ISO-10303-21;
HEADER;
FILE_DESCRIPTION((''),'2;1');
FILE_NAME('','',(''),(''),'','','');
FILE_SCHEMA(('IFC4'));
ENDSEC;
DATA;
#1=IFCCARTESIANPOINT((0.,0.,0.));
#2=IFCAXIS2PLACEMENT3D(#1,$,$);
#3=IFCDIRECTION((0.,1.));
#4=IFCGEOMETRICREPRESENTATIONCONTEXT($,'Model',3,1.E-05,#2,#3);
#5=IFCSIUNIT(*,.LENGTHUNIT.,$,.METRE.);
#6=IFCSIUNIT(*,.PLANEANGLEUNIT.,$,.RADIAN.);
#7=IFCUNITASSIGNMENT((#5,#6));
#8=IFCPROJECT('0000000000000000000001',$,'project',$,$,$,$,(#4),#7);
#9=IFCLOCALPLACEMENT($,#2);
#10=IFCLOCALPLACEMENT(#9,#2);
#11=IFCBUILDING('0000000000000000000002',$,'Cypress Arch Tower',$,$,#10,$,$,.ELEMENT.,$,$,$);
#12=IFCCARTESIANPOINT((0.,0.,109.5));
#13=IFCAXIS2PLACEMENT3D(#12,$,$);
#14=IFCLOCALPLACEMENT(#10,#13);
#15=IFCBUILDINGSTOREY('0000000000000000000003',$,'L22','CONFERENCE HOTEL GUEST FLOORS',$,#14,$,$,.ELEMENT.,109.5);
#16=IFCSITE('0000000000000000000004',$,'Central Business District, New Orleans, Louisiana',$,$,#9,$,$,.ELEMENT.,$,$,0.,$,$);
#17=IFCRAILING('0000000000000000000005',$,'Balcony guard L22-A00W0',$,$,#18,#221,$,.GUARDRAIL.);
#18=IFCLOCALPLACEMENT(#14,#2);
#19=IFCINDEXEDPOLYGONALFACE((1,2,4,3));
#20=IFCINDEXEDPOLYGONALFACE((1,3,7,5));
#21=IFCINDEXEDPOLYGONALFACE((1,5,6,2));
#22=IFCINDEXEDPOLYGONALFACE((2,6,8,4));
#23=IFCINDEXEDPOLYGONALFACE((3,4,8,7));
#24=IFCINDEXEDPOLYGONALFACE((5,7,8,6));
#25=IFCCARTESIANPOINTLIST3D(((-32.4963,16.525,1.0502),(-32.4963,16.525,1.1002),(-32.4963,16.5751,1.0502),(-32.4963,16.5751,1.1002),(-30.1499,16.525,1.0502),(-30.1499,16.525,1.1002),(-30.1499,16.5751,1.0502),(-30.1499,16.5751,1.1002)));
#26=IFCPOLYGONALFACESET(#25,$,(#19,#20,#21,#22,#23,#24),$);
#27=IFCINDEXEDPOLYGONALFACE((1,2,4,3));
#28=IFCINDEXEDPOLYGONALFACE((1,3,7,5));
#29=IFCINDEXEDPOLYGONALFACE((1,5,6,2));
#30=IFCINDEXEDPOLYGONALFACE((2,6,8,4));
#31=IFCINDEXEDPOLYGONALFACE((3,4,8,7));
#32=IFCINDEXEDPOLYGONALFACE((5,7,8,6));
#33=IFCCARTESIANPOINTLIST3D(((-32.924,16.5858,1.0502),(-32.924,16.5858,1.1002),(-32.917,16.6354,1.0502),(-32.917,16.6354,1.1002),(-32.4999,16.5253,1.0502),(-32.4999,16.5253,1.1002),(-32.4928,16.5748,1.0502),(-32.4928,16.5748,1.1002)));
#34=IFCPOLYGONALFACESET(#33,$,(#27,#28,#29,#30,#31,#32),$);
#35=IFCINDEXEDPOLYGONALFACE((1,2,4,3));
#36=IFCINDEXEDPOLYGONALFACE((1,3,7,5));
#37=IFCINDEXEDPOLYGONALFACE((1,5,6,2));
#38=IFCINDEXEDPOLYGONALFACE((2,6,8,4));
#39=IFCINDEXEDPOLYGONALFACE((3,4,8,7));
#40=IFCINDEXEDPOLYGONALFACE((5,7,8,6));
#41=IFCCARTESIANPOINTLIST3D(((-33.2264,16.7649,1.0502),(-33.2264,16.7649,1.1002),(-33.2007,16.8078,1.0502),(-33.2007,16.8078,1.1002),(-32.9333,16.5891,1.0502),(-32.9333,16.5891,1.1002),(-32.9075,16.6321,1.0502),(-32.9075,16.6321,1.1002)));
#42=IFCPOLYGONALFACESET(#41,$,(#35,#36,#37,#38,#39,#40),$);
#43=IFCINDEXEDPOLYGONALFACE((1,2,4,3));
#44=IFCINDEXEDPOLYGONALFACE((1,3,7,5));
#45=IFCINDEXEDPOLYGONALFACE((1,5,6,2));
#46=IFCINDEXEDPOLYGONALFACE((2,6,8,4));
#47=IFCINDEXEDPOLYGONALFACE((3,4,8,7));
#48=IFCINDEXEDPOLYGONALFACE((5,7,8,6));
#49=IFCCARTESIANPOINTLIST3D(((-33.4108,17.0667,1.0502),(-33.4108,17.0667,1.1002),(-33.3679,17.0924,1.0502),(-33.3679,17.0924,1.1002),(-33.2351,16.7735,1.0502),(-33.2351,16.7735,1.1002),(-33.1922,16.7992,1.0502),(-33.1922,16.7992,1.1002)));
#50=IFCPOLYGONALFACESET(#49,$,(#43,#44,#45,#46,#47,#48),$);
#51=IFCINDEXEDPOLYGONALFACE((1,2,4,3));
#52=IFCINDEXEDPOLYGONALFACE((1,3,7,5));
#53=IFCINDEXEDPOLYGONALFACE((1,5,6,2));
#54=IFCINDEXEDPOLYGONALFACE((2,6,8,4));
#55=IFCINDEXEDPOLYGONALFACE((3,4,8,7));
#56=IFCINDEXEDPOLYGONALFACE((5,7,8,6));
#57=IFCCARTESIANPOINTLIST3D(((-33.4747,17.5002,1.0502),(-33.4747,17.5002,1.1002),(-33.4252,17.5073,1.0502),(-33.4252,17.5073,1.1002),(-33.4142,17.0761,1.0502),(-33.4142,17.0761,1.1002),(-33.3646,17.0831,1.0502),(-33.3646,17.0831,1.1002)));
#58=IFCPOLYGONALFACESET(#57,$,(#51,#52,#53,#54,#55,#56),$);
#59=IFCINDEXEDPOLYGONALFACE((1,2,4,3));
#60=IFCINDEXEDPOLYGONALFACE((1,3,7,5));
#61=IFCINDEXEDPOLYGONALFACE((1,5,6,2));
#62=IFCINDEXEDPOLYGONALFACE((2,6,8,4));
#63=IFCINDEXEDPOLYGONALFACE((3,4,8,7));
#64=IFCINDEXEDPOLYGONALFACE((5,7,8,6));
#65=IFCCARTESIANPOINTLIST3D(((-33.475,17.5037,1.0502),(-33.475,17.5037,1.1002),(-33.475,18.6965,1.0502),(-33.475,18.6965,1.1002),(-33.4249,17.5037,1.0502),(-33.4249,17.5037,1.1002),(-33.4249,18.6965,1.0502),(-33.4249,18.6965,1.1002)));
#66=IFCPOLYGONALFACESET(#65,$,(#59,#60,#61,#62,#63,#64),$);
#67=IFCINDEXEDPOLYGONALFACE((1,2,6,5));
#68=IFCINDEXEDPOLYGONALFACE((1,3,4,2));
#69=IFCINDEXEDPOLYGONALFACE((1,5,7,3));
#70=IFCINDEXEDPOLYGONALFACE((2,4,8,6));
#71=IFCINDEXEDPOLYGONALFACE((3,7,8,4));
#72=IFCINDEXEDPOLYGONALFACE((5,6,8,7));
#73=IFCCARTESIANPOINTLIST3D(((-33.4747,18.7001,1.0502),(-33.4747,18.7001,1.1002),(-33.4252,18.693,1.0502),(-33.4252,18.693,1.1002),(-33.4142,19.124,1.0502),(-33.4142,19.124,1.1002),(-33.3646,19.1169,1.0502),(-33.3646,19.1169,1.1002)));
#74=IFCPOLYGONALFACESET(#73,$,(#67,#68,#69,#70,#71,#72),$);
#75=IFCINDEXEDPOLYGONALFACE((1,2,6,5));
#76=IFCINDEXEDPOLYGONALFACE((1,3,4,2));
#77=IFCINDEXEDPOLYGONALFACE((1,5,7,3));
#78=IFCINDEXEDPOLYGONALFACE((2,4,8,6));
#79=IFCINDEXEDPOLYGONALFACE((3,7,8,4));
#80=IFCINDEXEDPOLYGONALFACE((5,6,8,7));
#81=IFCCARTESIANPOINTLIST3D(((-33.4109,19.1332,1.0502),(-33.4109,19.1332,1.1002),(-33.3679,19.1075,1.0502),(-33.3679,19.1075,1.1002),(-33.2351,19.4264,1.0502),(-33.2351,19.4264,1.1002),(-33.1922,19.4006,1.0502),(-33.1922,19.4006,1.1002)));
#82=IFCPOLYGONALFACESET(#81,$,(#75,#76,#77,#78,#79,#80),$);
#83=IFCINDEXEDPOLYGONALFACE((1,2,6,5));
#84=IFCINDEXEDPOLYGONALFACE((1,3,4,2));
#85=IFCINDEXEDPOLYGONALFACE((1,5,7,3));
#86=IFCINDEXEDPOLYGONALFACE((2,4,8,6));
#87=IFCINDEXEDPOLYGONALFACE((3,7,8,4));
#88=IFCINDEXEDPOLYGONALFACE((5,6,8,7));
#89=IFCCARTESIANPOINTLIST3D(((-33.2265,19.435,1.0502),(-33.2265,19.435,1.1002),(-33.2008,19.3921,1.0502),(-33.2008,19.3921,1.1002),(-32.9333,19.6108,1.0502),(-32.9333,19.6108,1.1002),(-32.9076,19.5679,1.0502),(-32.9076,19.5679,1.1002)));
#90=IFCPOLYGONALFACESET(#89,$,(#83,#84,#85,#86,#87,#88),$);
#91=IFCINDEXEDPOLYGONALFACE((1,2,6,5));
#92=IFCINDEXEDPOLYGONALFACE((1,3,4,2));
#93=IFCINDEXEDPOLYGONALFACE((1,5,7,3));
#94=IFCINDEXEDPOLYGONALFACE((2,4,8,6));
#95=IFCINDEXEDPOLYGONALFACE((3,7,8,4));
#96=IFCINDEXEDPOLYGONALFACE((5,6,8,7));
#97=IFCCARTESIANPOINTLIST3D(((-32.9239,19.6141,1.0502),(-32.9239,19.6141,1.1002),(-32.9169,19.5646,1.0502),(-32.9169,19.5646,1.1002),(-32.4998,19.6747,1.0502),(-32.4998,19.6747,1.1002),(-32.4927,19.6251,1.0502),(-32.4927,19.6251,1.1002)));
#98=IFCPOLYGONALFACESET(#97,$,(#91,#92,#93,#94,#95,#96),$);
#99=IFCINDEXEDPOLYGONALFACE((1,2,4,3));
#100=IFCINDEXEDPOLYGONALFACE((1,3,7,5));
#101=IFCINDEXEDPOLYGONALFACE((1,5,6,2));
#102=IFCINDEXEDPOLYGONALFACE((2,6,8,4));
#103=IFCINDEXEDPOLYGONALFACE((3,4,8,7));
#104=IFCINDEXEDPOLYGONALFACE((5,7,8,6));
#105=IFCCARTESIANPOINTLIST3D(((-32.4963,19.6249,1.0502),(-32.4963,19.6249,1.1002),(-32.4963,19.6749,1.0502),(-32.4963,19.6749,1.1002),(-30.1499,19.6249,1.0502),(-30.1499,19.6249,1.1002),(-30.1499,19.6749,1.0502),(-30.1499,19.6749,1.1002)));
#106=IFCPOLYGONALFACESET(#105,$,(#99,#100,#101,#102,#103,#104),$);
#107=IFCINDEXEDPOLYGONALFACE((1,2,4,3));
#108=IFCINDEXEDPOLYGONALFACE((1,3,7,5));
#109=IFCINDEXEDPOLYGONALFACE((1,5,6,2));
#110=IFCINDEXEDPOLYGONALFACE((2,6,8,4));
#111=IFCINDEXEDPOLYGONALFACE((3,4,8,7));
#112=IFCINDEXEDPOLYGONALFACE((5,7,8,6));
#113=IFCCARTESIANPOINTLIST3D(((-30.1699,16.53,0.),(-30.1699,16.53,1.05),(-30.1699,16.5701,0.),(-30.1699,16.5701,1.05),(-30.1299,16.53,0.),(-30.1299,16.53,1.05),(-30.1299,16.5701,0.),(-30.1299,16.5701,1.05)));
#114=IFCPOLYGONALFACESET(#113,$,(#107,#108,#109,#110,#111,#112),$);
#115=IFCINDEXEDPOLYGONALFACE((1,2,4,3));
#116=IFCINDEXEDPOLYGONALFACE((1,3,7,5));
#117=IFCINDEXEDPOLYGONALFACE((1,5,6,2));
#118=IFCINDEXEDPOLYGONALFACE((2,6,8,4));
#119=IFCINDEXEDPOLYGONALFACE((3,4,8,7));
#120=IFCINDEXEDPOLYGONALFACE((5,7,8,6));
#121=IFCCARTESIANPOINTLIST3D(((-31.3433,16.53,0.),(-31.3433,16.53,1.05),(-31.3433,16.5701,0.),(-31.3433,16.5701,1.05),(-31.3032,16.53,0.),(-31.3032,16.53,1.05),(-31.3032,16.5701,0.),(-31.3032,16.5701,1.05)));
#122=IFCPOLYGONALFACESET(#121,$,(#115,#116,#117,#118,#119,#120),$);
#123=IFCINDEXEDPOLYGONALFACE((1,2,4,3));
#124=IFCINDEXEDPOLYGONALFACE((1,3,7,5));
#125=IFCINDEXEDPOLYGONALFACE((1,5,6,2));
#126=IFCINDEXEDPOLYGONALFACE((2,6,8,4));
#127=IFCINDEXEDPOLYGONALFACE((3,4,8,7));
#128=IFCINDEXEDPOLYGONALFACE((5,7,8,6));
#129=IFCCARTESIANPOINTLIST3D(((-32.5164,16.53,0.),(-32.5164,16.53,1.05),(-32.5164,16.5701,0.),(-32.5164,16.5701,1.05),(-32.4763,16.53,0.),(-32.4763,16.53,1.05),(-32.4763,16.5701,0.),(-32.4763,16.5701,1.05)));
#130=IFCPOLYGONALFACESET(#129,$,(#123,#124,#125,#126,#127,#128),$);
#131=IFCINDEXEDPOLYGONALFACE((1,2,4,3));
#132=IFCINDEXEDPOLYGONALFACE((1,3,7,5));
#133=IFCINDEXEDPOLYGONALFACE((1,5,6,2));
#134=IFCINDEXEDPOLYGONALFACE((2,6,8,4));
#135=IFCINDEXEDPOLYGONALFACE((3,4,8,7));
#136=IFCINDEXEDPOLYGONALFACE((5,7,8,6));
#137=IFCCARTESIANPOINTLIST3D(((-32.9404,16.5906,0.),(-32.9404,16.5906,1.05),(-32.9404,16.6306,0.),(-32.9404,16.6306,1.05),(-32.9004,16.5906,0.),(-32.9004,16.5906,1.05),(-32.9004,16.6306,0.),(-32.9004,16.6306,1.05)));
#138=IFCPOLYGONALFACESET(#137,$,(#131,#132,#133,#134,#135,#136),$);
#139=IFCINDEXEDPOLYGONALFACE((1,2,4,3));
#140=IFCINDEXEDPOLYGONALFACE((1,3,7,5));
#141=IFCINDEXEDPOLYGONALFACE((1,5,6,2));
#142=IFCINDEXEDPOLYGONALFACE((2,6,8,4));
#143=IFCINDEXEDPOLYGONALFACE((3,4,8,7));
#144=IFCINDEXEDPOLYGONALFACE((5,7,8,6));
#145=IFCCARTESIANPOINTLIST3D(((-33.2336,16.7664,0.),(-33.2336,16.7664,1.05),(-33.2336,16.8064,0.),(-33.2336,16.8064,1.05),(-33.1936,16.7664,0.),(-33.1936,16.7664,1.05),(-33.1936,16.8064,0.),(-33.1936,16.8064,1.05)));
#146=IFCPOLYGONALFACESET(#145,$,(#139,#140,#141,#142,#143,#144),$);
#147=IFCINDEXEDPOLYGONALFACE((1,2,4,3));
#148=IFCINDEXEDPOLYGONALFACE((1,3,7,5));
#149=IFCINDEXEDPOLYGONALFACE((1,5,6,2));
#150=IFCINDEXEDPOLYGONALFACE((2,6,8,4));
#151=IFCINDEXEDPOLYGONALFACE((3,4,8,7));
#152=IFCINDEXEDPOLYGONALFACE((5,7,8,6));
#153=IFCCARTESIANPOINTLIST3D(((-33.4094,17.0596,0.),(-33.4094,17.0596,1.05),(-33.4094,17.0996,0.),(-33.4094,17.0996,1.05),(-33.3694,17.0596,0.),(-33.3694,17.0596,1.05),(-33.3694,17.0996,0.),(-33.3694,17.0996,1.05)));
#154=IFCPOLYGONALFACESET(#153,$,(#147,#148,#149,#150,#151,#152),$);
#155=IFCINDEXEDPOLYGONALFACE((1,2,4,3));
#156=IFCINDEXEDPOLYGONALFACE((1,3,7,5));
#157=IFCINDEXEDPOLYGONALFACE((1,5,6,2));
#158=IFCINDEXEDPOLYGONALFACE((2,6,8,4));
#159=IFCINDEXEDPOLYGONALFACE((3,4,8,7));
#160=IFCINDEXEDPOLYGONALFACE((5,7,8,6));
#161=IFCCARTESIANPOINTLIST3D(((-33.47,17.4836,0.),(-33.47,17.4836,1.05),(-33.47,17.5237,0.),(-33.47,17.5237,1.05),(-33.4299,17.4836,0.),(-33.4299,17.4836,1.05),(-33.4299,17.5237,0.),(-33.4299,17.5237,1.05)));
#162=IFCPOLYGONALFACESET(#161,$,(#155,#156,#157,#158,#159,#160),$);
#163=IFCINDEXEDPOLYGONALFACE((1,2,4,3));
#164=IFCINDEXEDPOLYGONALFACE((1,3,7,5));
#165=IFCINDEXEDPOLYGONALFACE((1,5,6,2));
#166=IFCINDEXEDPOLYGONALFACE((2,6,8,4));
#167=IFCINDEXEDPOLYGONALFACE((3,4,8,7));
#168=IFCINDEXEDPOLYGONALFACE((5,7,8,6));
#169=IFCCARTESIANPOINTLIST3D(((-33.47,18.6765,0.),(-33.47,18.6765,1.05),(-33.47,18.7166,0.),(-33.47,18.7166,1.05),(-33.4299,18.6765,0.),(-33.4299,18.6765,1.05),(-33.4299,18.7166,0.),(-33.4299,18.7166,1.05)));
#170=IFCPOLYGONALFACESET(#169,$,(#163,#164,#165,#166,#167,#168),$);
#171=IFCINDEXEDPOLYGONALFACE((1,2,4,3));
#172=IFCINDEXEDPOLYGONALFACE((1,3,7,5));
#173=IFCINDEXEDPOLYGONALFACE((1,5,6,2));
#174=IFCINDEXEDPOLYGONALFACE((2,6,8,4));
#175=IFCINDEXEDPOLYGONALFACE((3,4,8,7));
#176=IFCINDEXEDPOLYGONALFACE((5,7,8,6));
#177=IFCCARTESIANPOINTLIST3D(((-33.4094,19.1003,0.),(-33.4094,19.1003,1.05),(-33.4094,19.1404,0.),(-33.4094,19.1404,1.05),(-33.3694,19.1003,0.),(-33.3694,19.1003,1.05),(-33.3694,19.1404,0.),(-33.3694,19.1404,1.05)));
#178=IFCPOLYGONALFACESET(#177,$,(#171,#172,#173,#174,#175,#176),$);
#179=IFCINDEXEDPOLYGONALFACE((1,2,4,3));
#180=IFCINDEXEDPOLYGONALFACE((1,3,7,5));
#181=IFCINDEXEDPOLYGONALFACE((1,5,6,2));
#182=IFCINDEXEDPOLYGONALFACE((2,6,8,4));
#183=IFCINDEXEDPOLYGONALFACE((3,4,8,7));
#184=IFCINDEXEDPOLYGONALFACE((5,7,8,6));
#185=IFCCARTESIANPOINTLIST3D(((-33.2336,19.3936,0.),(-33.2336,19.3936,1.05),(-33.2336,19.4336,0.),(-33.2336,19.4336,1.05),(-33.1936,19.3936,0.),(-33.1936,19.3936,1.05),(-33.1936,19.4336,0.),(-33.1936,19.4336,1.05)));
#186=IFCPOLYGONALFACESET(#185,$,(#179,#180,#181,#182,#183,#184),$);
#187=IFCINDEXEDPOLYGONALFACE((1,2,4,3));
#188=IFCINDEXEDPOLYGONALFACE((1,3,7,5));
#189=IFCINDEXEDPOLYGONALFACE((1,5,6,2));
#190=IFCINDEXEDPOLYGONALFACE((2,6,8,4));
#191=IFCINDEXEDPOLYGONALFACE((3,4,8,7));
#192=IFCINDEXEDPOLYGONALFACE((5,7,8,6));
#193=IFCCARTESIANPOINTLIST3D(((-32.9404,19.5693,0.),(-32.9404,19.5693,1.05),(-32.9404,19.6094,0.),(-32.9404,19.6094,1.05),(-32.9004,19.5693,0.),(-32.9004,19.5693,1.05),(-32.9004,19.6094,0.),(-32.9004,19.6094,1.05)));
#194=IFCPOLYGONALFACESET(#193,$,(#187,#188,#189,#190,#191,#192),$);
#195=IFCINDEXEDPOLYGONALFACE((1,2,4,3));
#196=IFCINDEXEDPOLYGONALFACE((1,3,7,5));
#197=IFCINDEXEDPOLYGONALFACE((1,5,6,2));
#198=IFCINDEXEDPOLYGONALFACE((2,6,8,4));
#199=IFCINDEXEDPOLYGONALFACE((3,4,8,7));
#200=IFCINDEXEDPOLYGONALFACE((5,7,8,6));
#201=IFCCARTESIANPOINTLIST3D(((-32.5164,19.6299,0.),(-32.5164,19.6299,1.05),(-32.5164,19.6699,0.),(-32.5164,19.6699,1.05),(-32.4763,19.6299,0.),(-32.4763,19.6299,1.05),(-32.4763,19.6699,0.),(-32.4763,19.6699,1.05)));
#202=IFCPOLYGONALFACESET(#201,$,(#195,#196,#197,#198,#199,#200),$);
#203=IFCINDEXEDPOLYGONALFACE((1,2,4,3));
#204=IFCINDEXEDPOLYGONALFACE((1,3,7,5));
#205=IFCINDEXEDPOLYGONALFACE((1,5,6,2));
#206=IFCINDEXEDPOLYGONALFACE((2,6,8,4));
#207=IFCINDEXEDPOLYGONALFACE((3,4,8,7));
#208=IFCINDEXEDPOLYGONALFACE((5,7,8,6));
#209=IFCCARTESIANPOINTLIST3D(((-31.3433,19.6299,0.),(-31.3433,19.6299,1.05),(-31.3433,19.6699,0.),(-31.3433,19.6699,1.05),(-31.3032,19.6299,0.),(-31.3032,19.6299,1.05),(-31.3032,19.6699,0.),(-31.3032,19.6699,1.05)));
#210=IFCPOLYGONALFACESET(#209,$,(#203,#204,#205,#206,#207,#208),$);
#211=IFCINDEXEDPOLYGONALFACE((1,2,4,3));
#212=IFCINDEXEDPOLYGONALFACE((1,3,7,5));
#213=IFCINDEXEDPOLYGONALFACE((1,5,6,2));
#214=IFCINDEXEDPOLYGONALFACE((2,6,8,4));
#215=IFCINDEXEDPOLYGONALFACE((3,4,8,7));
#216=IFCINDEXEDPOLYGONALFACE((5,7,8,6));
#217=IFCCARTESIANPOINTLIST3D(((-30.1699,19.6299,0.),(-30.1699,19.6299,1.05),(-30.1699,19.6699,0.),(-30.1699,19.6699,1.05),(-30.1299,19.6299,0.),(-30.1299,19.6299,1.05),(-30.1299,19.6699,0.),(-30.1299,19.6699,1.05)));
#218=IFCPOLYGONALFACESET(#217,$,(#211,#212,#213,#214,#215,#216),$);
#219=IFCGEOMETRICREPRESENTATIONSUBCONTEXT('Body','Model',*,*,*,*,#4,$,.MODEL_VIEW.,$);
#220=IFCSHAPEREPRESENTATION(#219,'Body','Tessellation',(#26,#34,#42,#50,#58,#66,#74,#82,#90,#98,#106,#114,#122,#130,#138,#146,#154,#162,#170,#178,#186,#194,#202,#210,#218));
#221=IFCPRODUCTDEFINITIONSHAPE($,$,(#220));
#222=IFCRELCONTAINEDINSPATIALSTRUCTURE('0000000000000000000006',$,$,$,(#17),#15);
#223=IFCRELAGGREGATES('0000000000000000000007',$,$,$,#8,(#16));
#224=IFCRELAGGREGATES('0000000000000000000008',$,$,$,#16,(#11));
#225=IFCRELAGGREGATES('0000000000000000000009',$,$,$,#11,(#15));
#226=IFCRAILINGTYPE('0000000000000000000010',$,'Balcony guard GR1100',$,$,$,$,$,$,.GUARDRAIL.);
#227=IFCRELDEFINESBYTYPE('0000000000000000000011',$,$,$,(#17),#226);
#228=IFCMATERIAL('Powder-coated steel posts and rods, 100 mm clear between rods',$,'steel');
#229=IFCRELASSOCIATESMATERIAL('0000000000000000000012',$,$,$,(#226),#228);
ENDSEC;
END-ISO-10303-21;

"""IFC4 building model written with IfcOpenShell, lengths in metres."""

from ifc_helpers import new_model, si_unit, direction, frame, origin, origin_2d, place, context, subcontext, project, spatial, rectangle, extrude, material, type_object, element, save


model = new_model("IFC4")

# Units and contexts
model_context = context("Model", 3, precision=1e-05, world=origin(), true_north=direction((0.0, 1.0)))
body_context = subcontext(model_context, "Body", "Model", "MODEL_VIEW")
ifc_project = project(units=[si_unit("LENGTHUNIT", "METRE"), si_unit("PLANEANGLEUNIT", "RADIAN")], contexts=[model_context])

# Site, building, storey
site_placement = place(None, origin())
site = spatial("IfcSite", under=ifc_project, at=site_placement, Name="Central Business District, New Orleans, Louisiana", CompositionType="ELEMENT", RefElevation=0.0)
building_placement = place(site_placement, origin())
building = spatial("IfcBuilding", under=site, at=building_placement, Name="Cypress Arch Tower", CompositionType="ELEMENT")
storey_placement = place(building_placement, frame((0.0, 0.0, 109.5)))
storey = spatial("IfcBuildingStorey", under=building, at=storey_placement, Name="L22", Description="CONFERENCE HOTEL GUEST FLOORS", CompositionType="ELEMENT", Elevation=109.5)

# Railing
ifc_material_1 = material(Name="Powder-coated steel posts and rods, 100 mm clear between rods", Category="steel")
railing_type_1 = type_object("IfcRailingType", Name="Balcony guard GR1100", PredefinedType="GUARDRAIL", material=ifc_material_1)
railing_1_placement = place(storey_placement, frame((-30.1499, 16.55, 0.0)))
element("IfcRailing", 1, at=railing_1_placement, inside=storey, type_object=railing_type_1, Name="Balcony guard L22-A00W0", PredefinedType="GUARDRAIL", context=body_context, shape_type="SweptSolid", body=[
    extrude(rectangle(XDim=0.05, YDim=0.05, at=origin_2d()), frame((0.0, 0.0, 1.0752), z_axis=(-1.0, 0.0, 0.0), x_axis=(0.0, -1.0, 0.0)), (0.0, 0.0, 1.0), 2.3464),
    extrude(rectangle(XDim=0.05, YDim=0.05, at=origin_2d()), frame((-2.3464, 0.0, 1.0752), z_axis=(-0.989961, 0.141342, 0.0), x_axis=(-0.141342, -0.989961, 0.0)), (0.0, 0.0, 1.0), 0.4285),
    extrude(rectangle(XDim=0.05, YDim=0.05, at=origin_2d()), frame((-2.7705, 0.0605, 1.0752), z_axis=(-0.857682, 0.514181, 0.0), x_axis=(-0.514181, -0.857682, 0.0)), (0.0, 0.0, 1.0), 0.3418),
    extrude(rectangle(XDim=0.05, YDim=0.05, at=origin_2d()), frame((-3.0637, 0.2363, 1.0752), z_axis=(-0.514181, 0.857682, 0.0), x_axis=(-0.857682, -0.514181, 0.0)), (0.0, 0.0, 1.0), 0.3418),
    extrude(rectangle(XDim=0.05, YDim=0.05, at=origin_2d()), frame((-3.2395, 0.5295, 1.0752), z_axis=(-0.141342, 0.989961, 0.0), x_axis=(-0.989961, -0.141342, 0.0)), (0.0, 0.0, 1.0), 0.4285),
    extrude(rectangle(XDim=0.05, YDim=0.05, at=origin_2d()), frame((-3.3, 0.9536, 1.0752), z_axis=(0.0, 1.0, 0.0), x_axis=(-1.0, 0.0, 0.0)), (0.0, 0.0, 1.0), 1.1929),
    extrude(rectangle(XDim=0.05, YDim=0.05, at=origin_2d()), frame((-3.3, 2.1465, 1.0752), z_axis=(0.141421, 0.989949, 0.0), x_axis=(-0.989949, 0.141421, 0.0)), (0.0, 0.0, 1.0), 0.4282),
    extrude(rectangle(XDim=0.05, YDim=0.05, at=origin_2d()), frame((-3.2395, 2.5703, 1.0752), z_axis=(0.514181, 0.857682, 0.0), x_axis=(-0.857682, 0.514181, 0.0)), (0.0, 0.0, 1.0), 0.3418),
    extrude(rectangle(XDim=0.05, YDim=0.05, at=origin_2d()), frame((-3.0637, 2.8635, 1.0752), z_axis=(0.857682, 0.514181, 0.0), x_axis=(-0.514181, 0.857682, 0.0)), (0.0, 0.0, 1.0), 0.3418),
    extrude(rectangle(XDim=0.05, YDim=0.05, at=origin_2d()), frame((-2.7705, 3.0393, 1.0752), z_axis=(0.989961, 0.141342, 0.0), x_axis=(-0.141342, 0.989961, 0.0)), (0.0, 0.0, 1.0), 0.4285),
    extrude(rectangle(XDim=0.05, YDim=0.05, at=origin_2d()), frame((-2.3464, 3.0999, 1.0752), z_axis=(1.0, 0.0, 0.0), x_axis=(0.0, 1.0, 0.0)), (0.0, 0.0, 1.0), 2.3464),
    extrude(rectangle(XDim=0.04, YDim=0.04, at=origin_2d()), origin(), (0.0, 0.0, 1.0), 1.05),
    extrude(rectangle(XDim=0.04, YDim=0.04, at=origin_2d()), frame((-1.1733, 0.0, 0.0)), (0.0, 0.0, 1.0), 1.05),
    extrude(rectangle(XDim=0.04, YDim=0.04, at=origin_2d()), frame((-2.3464, 0.0, 0.0)), (0.0, 0.0, 1.0), 1.05),
    extrude(rectangle(XDim=0.04, YDim=0.04, at=origin_2d()), frame((-2.7705, 0.0605, 0.0)), (0.0, 0.0, 1.0), 1.05),
    extrude(rectangle(XDim=0.04, YDim=0.04, at=origin_2d()), frame((-3.0637, 0.2363, 0.0)), (0.0, 0.0, 1.0), 1.05),
    extrude(rectangle(XDim=0.04, YDim=0.04, at=origin_2d()), frame((-3.2395, 0.5295, 0.0)), (0.0, 0.0, 1.0), 1.05),
    extrude(rectangle(XDim=0.04, YDim=0.04, at=origin_2d()), frame((-3.3, 0.9536, 0.0)), (0.0, 0.0, 1.0), 1.05),
    extrude(rectangle(XDim=0.04, YDim=0.04, at=origin_2d()), frame((-3.3, 2.1465, 0.0)), (0.0, 0.0, 1.0), 1.05),
    extrude(rectangle(XDim=0.04, YDim=0.04, at=origin_2d()), frame((-3.2395, 2.5703, 0.0)), (0.0, 0.0, 1.0), 1.05),
    extrude(rectangle(XDim=0.04, YDim=0.04, at=origin_2d()), frame((-3.0637, 2.8635, 0.0)), (0.0, 0.0, 1.0), 1.05),
    extrude(rectangle(XDim=0.04, YDim=0.04, at=origin_2d()), frame((-2.7705, 3.0393, 0.0)), (0.0, 0.0, 1.0), 1.05),
    extrude(rectangle(XDim=0.04, YDim=0.04, at=origin_2d()), frame((-2.3464, 3.0999, 0.0)), (0.0, 0.0, 1.0), 1.05),
    extrude(rectangle(XDim=0.04, YDim=0.04, at=origin_2d()), frame((-1.1733, 3.0999, 0.0)), (0.0, 0.0, 1.0), 1.05),
    extrude(rectangle(XDim=0.04, YDim=0.04, at=origin_2d()), frame((0.0, 3.0999, 0.0)), (0.0, 0.0, 1.0), 1.05),
])

save(model, "model.ifc")
